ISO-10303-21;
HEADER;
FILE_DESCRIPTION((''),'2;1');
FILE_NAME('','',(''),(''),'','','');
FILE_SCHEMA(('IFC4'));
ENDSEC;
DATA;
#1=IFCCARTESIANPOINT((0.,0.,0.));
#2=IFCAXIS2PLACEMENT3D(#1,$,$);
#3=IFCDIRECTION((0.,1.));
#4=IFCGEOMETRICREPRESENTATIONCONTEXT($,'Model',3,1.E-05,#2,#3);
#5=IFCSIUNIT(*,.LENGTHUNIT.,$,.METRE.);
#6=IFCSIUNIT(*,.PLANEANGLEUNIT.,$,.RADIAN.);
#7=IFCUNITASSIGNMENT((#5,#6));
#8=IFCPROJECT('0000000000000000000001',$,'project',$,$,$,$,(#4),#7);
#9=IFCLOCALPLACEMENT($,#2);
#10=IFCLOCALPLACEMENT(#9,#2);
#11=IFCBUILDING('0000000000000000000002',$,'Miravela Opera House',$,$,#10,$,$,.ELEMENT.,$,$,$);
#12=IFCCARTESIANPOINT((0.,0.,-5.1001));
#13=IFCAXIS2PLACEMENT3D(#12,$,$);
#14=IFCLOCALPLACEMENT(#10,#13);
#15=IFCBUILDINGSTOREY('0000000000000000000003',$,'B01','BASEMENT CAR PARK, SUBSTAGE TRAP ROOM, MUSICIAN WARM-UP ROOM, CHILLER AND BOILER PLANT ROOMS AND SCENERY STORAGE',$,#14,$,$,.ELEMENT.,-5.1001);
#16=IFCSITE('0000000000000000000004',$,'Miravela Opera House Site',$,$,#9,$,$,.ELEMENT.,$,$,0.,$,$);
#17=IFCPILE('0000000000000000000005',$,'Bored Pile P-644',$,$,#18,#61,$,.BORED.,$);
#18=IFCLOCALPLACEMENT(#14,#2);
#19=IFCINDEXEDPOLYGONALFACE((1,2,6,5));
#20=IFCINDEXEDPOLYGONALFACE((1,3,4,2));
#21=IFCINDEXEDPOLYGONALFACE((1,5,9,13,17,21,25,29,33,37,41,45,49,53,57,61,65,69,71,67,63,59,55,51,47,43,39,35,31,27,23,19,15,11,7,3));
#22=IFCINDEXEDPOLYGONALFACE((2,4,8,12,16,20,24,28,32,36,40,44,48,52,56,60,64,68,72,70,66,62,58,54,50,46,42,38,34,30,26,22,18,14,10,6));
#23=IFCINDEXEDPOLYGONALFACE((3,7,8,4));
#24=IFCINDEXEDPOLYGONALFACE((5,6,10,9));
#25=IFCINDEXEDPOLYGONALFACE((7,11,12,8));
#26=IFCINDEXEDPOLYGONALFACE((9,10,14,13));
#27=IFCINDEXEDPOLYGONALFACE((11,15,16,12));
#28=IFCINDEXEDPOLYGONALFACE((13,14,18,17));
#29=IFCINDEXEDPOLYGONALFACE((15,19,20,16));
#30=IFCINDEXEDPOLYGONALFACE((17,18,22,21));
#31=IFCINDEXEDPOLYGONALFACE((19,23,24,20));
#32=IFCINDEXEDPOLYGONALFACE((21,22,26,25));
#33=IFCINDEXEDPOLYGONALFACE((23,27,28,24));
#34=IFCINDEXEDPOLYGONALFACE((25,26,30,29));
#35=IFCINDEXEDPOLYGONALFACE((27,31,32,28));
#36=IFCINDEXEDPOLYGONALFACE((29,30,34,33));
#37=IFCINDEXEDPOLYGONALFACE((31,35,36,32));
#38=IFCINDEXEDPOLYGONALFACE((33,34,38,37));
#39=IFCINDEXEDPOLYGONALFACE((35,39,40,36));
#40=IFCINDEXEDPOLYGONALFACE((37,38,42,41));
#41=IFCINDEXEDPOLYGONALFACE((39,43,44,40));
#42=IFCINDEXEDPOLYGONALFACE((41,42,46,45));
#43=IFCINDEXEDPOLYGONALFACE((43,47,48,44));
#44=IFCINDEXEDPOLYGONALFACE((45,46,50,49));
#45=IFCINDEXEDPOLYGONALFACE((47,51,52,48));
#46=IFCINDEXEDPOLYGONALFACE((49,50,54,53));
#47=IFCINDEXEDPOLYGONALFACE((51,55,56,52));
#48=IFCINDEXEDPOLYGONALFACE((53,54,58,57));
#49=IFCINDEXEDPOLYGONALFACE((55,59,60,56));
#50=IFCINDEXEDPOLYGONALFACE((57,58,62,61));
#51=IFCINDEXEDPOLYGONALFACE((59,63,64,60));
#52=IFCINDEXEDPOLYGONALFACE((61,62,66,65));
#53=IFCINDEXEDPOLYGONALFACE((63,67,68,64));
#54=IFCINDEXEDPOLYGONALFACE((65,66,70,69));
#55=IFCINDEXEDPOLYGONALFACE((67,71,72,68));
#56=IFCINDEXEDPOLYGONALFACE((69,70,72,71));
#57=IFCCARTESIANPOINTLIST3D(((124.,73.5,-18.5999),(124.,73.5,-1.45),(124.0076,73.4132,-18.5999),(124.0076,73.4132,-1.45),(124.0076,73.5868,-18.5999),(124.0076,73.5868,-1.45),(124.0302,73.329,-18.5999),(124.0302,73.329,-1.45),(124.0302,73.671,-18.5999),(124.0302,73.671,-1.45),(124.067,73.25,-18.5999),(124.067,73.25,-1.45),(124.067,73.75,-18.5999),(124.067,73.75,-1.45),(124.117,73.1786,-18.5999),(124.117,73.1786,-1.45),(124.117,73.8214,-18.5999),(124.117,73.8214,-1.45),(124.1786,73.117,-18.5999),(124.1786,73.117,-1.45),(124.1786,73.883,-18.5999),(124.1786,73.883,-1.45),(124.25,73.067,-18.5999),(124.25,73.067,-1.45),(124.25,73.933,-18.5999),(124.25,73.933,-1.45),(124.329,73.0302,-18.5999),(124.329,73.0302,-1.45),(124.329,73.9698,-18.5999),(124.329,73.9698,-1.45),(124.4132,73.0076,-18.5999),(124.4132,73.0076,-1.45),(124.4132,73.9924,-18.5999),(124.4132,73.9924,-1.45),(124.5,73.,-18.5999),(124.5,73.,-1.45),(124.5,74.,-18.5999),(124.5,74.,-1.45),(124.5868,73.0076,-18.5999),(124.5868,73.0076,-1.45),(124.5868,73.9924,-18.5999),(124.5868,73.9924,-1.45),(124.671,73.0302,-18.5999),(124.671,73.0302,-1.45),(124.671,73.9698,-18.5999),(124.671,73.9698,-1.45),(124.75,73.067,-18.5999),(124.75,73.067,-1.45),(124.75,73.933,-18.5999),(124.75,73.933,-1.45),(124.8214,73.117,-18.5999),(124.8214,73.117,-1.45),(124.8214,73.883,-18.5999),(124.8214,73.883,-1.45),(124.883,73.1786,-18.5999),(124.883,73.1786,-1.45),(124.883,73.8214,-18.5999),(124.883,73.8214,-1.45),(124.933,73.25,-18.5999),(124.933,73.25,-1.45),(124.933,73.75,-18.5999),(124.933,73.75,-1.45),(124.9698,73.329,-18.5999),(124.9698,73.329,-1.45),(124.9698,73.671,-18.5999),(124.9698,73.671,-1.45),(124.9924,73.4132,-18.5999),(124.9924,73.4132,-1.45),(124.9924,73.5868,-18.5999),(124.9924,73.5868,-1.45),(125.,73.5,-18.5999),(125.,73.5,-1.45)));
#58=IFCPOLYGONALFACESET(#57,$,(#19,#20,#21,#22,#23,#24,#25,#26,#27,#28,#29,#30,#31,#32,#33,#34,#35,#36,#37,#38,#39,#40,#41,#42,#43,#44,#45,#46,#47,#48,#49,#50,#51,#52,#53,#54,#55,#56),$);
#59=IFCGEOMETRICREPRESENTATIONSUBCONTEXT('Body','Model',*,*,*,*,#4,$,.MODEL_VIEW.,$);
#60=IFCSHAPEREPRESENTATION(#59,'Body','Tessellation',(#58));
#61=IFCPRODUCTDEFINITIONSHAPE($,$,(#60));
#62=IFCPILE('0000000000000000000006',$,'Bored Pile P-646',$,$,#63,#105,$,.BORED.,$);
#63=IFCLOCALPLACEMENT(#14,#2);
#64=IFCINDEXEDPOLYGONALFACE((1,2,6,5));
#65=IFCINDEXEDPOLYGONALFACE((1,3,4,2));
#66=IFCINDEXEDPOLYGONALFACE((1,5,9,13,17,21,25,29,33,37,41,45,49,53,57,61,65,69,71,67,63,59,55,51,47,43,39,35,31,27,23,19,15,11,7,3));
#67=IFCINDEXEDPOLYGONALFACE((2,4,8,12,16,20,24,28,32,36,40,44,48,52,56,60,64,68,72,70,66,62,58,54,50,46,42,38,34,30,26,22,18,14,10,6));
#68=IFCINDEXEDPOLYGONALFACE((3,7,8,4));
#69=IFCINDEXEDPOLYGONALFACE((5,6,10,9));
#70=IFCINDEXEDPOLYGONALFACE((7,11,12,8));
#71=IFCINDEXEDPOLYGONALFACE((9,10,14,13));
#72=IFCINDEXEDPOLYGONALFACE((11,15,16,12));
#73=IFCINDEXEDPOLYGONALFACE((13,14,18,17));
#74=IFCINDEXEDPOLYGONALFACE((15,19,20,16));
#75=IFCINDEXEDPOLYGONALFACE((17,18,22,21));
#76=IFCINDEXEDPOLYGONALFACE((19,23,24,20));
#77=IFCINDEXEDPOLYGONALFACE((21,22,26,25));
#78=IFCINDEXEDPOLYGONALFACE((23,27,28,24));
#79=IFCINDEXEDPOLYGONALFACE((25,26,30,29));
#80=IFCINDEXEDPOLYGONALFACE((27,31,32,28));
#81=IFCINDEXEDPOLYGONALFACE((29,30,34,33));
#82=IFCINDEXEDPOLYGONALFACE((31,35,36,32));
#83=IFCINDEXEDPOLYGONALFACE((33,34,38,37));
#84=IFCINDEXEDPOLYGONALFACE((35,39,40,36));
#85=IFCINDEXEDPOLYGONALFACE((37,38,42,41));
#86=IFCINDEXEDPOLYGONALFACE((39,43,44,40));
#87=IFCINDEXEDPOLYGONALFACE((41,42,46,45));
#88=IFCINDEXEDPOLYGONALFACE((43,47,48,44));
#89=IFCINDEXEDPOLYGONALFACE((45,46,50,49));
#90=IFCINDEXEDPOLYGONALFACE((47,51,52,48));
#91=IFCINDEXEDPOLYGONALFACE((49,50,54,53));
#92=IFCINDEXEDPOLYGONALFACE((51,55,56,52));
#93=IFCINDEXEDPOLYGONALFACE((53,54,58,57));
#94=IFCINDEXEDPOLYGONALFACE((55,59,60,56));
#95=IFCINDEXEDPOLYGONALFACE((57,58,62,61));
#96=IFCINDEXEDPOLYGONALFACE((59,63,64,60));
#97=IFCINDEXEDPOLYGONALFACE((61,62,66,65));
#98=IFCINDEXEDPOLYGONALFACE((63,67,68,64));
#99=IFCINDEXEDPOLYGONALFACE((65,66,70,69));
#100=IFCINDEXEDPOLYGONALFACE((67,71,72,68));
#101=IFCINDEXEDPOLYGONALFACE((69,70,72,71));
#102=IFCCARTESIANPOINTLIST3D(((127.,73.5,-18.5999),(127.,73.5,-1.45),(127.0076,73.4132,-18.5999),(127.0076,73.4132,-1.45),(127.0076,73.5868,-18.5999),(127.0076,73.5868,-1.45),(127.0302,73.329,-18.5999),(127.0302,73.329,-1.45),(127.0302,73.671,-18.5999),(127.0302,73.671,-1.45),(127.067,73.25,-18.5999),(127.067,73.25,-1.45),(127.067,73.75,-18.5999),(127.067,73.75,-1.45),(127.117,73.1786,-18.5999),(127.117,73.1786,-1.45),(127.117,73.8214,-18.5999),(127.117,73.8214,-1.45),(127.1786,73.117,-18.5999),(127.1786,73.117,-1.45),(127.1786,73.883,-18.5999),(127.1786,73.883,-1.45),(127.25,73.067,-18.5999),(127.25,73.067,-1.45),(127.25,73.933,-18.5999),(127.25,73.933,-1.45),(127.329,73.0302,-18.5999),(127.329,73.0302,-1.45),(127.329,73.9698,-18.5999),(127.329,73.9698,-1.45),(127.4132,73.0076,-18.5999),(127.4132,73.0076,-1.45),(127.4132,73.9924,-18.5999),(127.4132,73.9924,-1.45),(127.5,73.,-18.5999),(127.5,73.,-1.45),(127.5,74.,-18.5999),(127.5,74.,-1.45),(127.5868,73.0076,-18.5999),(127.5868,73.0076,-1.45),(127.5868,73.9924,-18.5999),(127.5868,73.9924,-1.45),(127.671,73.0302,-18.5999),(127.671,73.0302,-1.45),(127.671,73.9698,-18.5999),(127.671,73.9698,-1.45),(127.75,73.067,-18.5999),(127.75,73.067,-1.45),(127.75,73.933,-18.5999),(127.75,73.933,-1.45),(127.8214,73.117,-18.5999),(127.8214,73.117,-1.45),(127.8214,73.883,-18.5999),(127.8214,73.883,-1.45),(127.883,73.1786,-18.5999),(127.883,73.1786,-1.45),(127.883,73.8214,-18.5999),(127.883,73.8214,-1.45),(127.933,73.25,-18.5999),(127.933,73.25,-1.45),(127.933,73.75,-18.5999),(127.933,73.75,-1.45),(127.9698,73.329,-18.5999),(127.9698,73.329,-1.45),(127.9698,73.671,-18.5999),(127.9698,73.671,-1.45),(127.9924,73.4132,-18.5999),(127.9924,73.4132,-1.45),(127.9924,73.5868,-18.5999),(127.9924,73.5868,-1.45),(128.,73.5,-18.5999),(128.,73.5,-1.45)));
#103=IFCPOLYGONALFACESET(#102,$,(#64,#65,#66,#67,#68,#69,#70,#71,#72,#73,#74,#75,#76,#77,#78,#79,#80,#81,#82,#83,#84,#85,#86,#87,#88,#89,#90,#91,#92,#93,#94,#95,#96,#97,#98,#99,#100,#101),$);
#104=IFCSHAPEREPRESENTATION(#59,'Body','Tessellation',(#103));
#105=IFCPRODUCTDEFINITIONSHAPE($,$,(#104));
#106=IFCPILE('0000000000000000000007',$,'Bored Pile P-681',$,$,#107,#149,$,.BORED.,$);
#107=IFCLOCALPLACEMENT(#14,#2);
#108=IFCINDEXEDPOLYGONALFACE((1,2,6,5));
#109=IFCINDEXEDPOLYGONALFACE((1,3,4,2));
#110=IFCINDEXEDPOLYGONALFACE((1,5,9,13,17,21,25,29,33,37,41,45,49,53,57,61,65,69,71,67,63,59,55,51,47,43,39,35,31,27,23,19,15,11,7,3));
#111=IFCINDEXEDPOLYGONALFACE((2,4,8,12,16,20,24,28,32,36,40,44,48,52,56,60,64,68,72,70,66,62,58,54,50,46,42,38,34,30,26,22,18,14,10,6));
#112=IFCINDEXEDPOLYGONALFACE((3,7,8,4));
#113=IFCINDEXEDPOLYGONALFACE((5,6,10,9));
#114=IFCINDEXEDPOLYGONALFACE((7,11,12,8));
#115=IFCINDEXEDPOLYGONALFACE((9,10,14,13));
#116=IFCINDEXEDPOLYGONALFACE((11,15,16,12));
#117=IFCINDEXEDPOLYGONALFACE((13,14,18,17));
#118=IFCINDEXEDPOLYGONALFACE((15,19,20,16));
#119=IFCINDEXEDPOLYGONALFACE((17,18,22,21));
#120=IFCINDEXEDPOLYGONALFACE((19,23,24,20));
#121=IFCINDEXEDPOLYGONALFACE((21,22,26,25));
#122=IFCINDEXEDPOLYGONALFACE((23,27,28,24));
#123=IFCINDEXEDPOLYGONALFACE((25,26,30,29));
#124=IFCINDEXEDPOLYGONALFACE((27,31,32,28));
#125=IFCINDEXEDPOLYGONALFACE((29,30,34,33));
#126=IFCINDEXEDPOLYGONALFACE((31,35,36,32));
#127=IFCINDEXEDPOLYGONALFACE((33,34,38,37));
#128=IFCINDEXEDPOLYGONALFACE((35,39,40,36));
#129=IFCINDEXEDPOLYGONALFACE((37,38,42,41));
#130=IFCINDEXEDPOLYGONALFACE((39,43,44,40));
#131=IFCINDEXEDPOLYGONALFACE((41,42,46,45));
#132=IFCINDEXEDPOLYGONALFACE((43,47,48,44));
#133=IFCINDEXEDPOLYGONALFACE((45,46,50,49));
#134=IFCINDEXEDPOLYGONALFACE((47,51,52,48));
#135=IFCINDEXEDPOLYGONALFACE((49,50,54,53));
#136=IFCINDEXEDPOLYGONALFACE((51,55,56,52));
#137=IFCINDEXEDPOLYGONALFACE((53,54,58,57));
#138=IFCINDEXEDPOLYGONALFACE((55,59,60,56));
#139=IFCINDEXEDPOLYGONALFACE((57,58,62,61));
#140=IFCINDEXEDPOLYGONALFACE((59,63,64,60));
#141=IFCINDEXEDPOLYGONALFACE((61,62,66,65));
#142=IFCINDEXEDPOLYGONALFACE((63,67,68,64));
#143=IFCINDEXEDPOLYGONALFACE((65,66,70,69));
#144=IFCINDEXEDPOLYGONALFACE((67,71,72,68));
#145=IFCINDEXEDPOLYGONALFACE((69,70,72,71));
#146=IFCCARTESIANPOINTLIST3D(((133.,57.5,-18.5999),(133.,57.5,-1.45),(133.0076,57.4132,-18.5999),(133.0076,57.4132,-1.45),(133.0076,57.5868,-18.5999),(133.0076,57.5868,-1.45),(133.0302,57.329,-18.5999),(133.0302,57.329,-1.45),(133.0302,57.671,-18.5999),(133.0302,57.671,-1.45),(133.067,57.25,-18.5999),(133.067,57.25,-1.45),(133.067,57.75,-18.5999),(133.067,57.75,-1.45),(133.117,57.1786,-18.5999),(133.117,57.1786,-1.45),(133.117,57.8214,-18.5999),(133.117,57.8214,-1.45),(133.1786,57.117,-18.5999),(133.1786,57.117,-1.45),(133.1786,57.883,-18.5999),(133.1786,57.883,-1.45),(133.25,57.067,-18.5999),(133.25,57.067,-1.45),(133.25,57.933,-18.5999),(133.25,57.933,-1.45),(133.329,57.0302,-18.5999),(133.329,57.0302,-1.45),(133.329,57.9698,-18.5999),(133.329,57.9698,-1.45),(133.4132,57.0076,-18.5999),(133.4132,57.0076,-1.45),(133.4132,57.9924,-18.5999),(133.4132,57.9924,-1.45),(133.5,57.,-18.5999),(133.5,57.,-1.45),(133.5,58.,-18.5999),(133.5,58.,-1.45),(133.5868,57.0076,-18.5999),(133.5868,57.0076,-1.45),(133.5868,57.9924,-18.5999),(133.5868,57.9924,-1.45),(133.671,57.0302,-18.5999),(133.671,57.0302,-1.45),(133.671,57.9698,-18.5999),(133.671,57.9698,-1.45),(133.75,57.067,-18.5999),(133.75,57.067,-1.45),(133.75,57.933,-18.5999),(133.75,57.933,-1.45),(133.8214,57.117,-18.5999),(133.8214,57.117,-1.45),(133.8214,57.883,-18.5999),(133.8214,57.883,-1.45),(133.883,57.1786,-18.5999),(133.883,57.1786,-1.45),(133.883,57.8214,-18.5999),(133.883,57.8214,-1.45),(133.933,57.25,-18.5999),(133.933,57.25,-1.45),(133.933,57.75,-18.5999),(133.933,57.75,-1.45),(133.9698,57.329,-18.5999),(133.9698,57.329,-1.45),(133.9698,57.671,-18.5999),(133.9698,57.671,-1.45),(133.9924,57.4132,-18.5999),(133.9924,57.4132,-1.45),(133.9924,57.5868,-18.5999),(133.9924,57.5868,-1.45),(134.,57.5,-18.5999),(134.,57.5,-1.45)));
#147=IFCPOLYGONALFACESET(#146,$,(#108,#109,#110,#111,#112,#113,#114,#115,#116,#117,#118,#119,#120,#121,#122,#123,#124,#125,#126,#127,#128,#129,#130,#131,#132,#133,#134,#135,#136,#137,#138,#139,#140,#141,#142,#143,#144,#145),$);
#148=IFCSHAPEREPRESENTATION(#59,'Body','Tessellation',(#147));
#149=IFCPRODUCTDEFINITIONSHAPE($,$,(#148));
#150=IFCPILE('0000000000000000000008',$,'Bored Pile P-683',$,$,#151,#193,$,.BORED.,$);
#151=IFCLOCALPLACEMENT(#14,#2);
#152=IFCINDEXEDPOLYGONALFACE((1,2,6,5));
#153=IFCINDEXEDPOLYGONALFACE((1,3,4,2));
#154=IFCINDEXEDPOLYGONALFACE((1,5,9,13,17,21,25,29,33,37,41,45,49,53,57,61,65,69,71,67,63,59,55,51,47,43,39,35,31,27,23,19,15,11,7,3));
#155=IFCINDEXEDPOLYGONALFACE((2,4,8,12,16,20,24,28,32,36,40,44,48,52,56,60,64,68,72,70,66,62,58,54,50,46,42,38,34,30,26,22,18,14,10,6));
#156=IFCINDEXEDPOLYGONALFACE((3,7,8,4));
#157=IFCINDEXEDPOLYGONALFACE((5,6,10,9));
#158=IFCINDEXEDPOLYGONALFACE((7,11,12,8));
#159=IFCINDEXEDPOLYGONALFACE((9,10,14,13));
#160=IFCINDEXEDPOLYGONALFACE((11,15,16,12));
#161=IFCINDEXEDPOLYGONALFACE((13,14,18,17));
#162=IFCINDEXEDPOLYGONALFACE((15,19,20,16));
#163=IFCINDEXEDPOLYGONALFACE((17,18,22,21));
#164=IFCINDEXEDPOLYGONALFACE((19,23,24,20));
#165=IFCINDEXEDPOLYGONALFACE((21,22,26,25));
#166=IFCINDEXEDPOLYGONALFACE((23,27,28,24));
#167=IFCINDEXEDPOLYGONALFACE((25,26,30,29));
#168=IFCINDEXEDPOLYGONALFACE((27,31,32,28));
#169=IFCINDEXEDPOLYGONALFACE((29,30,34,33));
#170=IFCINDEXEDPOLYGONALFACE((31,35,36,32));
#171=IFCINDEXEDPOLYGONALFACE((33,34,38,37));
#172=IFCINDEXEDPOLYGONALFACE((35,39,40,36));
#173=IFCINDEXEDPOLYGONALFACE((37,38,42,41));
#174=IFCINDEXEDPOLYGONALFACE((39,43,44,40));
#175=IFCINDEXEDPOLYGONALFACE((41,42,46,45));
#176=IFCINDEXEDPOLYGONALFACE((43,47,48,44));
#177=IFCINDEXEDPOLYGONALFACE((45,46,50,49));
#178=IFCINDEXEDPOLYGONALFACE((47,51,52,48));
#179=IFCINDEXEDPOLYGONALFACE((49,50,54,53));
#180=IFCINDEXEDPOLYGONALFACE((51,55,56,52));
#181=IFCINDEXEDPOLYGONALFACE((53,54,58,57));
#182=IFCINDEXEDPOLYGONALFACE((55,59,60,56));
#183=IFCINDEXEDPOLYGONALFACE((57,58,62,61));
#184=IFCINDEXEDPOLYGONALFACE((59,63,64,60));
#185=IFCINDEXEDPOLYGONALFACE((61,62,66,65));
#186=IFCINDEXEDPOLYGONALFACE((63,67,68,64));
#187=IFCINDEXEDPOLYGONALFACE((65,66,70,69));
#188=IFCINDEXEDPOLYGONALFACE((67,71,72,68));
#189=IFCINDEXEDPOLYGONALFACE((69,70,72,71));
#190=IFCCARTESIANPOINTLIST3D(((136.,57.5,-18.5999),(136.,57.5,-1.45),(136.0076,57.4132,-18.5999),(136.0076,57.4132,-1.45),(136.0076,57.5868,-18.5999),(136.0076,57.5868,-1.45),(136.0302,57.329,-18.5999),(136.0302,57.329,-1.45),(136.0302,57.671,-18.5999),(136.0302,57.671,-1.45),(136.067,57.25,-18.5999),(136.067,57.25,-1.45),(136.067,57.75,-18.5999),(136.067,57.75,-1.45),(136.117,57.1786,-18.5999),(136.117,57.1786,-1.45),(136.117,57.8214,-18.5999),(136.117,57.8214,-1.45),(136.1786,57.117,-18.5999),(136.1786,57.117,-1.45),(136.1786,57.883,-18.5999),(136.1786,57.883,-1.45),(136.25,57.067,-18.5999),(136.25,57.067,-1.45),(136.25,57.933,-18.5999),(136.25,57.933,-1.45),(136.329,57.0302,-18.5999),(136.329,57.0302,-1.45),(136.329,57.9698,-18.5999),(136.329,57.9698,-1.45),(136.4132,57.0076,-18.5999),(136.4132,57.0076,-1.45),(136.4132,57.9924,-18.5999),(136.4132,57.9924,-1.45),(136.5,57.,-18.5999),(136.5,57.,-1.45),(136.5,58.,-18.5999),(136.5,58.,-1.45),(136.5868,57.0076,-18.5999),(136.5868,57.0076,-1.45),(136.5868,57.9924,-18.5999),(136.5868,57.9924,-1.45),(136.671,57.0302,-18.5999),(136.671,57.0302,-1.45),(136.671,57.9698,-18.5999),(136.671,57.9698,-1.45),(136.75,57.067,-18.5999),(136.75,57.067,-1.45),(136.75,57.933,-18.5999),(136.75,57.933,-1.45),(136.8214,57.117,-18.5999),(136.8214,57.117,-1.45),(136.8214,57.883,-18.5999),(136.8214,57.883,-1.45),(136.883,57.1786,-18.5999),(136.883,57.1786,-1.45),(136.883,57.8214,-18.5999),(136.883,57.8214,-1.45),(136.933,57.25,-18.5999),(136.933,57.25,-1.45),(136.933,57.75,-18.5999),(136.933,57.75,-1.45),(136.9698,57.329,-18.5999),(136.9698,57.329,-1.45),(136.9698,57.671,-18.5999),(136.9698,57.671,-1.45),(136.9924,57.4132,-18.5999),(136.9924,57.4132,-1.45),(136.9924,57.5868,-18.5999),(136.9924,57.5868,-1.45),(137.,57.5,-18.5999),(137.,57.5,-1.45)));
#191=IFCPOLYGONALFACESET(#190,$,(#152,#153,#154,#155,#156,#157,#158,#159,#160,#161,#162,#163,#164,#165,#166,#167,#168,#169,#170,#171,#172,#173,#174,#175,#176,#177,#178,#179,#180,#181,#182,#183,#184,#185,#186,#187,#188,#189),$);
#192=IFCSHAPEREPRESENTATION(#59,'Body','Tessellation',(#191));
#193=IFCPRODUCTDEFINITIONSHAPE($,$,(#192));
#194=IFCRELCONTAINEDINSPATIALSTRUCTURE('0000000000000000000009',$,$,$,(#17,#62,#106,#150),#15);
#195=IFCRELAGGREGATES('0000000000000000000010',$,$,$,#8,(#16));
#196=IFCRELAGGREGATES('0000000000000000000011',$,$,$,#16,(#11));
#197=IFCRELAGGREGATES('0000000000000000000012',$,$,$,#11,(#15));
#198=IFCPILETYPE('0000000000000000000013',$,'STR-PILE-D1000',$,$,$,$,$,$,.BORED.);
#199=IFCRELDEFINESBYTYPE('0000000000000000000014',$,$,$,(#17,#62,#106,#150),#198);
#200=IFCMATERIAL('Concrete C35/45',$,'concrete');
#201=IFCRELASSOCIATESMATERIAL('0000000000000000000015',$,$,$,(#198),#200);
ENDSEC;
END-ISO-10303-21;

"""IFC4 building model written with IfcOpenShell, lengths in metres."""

from ifc_helpers import new_model, si_unit, direction, frame, origin, origin_2d, place, context, subcontext, project, spatial, circle, extrude, material, material_profile, profile_set, type_object, element, save


model = new_model("IFC4")

# Units and contexts
model_context = context("Model", 3, precision=1e-05, world=origin(), true_north=direction((0.0, 1.0)))
body_context = subcontext(model_context, "Body", "Model", "MODEL_VIEW")
ifc_project = project(units=[si_unit("LENGTHUNIT", "METRE"), si_unit("PLANEANGLEUNIT", "RADIAN")], contexts=[model_context])

# Site, building, storey
site_placement = place(None, origin())
site = spatial("IfcSite", under=ifc_project, at=site_placement, Name="Miravela Opera House Site", CompositionType="ELEMENT", RefElevation=0.0)
building_placement = place(site_placement, origin())
building = spatial("IfcBuilding", under=site, at=building_placement, Name="Miravela Opera House", CompositionType="ELEMENT")
storey_placement = place(building_placement, frame((0.0, 0.0, -5.1001)))
storey = spatial("IfcBuildingStorey", under=building, at=storey_placement, Name="B01", Description="BASEMENT CAR PARK, SUBSTAGE TRAP ROOM, MUSICIAN WARM-UP ROOM, CHILLER AND BOILER PLANT ROOMS AND SCENERY STORAGE", CompositionType="ELEMENT", Elevation=-5.1001)

# Shared definitions
ifc_material_1 = material(Name="Concrete C35/45", Category="concrete")

# Piles
ifc_material_profile_1 = material_profile(ifc_material_1, circle(Radius=0.5, at=origin_2d()), Name="PILE-D1000")
ifc_profile_set_1 = profile_set([ifc_material_profile_1])
pile_type_1 = type_object("IfcPileType", Name="STR-PILE-D1000", PredefinedType="BORED", material=ifc_profile_set_1)
for number, where, z_axis, x_axis, name in (
    (1, (124.5, 73.5, -1.45), (0.0, 0.0, -1.0), (1.0, 0.0, 0.0), "Bored Pile P-644"),
    (2, (127.5, 73.5, -1.45), (0.0, 0.0, -1.0), (1.0, 0.0, 0.0), "Bored Pile P-646"),
    (3, (133.5, 57.5, -1.45), (0.0, 0.0, -1.0), (1.0, 0.0, 0.0), "Bored Pile P-681"),
    (4, (136.5, 57.5, -1.45), (0.0, 0.0, -1.0), (1.0, 0.0, 0.0), "Bored Pile P-683"),
):
    element("IfcPile", number, at=place(storey_placement, frame(where, z_axis=z_axis, x_axis=x_axis)), inside=storey, type_object=pile_type_1, Name=name, PredefinedType="BORED", context=body_context, shape_type="SweptSolid", body=[
        extrude(circle(Radius=0.5, at=origin_2d()), origin(), (0.0, 0.0, 1.0), 17.1499),
    ])

save(model, "model.ifc")
